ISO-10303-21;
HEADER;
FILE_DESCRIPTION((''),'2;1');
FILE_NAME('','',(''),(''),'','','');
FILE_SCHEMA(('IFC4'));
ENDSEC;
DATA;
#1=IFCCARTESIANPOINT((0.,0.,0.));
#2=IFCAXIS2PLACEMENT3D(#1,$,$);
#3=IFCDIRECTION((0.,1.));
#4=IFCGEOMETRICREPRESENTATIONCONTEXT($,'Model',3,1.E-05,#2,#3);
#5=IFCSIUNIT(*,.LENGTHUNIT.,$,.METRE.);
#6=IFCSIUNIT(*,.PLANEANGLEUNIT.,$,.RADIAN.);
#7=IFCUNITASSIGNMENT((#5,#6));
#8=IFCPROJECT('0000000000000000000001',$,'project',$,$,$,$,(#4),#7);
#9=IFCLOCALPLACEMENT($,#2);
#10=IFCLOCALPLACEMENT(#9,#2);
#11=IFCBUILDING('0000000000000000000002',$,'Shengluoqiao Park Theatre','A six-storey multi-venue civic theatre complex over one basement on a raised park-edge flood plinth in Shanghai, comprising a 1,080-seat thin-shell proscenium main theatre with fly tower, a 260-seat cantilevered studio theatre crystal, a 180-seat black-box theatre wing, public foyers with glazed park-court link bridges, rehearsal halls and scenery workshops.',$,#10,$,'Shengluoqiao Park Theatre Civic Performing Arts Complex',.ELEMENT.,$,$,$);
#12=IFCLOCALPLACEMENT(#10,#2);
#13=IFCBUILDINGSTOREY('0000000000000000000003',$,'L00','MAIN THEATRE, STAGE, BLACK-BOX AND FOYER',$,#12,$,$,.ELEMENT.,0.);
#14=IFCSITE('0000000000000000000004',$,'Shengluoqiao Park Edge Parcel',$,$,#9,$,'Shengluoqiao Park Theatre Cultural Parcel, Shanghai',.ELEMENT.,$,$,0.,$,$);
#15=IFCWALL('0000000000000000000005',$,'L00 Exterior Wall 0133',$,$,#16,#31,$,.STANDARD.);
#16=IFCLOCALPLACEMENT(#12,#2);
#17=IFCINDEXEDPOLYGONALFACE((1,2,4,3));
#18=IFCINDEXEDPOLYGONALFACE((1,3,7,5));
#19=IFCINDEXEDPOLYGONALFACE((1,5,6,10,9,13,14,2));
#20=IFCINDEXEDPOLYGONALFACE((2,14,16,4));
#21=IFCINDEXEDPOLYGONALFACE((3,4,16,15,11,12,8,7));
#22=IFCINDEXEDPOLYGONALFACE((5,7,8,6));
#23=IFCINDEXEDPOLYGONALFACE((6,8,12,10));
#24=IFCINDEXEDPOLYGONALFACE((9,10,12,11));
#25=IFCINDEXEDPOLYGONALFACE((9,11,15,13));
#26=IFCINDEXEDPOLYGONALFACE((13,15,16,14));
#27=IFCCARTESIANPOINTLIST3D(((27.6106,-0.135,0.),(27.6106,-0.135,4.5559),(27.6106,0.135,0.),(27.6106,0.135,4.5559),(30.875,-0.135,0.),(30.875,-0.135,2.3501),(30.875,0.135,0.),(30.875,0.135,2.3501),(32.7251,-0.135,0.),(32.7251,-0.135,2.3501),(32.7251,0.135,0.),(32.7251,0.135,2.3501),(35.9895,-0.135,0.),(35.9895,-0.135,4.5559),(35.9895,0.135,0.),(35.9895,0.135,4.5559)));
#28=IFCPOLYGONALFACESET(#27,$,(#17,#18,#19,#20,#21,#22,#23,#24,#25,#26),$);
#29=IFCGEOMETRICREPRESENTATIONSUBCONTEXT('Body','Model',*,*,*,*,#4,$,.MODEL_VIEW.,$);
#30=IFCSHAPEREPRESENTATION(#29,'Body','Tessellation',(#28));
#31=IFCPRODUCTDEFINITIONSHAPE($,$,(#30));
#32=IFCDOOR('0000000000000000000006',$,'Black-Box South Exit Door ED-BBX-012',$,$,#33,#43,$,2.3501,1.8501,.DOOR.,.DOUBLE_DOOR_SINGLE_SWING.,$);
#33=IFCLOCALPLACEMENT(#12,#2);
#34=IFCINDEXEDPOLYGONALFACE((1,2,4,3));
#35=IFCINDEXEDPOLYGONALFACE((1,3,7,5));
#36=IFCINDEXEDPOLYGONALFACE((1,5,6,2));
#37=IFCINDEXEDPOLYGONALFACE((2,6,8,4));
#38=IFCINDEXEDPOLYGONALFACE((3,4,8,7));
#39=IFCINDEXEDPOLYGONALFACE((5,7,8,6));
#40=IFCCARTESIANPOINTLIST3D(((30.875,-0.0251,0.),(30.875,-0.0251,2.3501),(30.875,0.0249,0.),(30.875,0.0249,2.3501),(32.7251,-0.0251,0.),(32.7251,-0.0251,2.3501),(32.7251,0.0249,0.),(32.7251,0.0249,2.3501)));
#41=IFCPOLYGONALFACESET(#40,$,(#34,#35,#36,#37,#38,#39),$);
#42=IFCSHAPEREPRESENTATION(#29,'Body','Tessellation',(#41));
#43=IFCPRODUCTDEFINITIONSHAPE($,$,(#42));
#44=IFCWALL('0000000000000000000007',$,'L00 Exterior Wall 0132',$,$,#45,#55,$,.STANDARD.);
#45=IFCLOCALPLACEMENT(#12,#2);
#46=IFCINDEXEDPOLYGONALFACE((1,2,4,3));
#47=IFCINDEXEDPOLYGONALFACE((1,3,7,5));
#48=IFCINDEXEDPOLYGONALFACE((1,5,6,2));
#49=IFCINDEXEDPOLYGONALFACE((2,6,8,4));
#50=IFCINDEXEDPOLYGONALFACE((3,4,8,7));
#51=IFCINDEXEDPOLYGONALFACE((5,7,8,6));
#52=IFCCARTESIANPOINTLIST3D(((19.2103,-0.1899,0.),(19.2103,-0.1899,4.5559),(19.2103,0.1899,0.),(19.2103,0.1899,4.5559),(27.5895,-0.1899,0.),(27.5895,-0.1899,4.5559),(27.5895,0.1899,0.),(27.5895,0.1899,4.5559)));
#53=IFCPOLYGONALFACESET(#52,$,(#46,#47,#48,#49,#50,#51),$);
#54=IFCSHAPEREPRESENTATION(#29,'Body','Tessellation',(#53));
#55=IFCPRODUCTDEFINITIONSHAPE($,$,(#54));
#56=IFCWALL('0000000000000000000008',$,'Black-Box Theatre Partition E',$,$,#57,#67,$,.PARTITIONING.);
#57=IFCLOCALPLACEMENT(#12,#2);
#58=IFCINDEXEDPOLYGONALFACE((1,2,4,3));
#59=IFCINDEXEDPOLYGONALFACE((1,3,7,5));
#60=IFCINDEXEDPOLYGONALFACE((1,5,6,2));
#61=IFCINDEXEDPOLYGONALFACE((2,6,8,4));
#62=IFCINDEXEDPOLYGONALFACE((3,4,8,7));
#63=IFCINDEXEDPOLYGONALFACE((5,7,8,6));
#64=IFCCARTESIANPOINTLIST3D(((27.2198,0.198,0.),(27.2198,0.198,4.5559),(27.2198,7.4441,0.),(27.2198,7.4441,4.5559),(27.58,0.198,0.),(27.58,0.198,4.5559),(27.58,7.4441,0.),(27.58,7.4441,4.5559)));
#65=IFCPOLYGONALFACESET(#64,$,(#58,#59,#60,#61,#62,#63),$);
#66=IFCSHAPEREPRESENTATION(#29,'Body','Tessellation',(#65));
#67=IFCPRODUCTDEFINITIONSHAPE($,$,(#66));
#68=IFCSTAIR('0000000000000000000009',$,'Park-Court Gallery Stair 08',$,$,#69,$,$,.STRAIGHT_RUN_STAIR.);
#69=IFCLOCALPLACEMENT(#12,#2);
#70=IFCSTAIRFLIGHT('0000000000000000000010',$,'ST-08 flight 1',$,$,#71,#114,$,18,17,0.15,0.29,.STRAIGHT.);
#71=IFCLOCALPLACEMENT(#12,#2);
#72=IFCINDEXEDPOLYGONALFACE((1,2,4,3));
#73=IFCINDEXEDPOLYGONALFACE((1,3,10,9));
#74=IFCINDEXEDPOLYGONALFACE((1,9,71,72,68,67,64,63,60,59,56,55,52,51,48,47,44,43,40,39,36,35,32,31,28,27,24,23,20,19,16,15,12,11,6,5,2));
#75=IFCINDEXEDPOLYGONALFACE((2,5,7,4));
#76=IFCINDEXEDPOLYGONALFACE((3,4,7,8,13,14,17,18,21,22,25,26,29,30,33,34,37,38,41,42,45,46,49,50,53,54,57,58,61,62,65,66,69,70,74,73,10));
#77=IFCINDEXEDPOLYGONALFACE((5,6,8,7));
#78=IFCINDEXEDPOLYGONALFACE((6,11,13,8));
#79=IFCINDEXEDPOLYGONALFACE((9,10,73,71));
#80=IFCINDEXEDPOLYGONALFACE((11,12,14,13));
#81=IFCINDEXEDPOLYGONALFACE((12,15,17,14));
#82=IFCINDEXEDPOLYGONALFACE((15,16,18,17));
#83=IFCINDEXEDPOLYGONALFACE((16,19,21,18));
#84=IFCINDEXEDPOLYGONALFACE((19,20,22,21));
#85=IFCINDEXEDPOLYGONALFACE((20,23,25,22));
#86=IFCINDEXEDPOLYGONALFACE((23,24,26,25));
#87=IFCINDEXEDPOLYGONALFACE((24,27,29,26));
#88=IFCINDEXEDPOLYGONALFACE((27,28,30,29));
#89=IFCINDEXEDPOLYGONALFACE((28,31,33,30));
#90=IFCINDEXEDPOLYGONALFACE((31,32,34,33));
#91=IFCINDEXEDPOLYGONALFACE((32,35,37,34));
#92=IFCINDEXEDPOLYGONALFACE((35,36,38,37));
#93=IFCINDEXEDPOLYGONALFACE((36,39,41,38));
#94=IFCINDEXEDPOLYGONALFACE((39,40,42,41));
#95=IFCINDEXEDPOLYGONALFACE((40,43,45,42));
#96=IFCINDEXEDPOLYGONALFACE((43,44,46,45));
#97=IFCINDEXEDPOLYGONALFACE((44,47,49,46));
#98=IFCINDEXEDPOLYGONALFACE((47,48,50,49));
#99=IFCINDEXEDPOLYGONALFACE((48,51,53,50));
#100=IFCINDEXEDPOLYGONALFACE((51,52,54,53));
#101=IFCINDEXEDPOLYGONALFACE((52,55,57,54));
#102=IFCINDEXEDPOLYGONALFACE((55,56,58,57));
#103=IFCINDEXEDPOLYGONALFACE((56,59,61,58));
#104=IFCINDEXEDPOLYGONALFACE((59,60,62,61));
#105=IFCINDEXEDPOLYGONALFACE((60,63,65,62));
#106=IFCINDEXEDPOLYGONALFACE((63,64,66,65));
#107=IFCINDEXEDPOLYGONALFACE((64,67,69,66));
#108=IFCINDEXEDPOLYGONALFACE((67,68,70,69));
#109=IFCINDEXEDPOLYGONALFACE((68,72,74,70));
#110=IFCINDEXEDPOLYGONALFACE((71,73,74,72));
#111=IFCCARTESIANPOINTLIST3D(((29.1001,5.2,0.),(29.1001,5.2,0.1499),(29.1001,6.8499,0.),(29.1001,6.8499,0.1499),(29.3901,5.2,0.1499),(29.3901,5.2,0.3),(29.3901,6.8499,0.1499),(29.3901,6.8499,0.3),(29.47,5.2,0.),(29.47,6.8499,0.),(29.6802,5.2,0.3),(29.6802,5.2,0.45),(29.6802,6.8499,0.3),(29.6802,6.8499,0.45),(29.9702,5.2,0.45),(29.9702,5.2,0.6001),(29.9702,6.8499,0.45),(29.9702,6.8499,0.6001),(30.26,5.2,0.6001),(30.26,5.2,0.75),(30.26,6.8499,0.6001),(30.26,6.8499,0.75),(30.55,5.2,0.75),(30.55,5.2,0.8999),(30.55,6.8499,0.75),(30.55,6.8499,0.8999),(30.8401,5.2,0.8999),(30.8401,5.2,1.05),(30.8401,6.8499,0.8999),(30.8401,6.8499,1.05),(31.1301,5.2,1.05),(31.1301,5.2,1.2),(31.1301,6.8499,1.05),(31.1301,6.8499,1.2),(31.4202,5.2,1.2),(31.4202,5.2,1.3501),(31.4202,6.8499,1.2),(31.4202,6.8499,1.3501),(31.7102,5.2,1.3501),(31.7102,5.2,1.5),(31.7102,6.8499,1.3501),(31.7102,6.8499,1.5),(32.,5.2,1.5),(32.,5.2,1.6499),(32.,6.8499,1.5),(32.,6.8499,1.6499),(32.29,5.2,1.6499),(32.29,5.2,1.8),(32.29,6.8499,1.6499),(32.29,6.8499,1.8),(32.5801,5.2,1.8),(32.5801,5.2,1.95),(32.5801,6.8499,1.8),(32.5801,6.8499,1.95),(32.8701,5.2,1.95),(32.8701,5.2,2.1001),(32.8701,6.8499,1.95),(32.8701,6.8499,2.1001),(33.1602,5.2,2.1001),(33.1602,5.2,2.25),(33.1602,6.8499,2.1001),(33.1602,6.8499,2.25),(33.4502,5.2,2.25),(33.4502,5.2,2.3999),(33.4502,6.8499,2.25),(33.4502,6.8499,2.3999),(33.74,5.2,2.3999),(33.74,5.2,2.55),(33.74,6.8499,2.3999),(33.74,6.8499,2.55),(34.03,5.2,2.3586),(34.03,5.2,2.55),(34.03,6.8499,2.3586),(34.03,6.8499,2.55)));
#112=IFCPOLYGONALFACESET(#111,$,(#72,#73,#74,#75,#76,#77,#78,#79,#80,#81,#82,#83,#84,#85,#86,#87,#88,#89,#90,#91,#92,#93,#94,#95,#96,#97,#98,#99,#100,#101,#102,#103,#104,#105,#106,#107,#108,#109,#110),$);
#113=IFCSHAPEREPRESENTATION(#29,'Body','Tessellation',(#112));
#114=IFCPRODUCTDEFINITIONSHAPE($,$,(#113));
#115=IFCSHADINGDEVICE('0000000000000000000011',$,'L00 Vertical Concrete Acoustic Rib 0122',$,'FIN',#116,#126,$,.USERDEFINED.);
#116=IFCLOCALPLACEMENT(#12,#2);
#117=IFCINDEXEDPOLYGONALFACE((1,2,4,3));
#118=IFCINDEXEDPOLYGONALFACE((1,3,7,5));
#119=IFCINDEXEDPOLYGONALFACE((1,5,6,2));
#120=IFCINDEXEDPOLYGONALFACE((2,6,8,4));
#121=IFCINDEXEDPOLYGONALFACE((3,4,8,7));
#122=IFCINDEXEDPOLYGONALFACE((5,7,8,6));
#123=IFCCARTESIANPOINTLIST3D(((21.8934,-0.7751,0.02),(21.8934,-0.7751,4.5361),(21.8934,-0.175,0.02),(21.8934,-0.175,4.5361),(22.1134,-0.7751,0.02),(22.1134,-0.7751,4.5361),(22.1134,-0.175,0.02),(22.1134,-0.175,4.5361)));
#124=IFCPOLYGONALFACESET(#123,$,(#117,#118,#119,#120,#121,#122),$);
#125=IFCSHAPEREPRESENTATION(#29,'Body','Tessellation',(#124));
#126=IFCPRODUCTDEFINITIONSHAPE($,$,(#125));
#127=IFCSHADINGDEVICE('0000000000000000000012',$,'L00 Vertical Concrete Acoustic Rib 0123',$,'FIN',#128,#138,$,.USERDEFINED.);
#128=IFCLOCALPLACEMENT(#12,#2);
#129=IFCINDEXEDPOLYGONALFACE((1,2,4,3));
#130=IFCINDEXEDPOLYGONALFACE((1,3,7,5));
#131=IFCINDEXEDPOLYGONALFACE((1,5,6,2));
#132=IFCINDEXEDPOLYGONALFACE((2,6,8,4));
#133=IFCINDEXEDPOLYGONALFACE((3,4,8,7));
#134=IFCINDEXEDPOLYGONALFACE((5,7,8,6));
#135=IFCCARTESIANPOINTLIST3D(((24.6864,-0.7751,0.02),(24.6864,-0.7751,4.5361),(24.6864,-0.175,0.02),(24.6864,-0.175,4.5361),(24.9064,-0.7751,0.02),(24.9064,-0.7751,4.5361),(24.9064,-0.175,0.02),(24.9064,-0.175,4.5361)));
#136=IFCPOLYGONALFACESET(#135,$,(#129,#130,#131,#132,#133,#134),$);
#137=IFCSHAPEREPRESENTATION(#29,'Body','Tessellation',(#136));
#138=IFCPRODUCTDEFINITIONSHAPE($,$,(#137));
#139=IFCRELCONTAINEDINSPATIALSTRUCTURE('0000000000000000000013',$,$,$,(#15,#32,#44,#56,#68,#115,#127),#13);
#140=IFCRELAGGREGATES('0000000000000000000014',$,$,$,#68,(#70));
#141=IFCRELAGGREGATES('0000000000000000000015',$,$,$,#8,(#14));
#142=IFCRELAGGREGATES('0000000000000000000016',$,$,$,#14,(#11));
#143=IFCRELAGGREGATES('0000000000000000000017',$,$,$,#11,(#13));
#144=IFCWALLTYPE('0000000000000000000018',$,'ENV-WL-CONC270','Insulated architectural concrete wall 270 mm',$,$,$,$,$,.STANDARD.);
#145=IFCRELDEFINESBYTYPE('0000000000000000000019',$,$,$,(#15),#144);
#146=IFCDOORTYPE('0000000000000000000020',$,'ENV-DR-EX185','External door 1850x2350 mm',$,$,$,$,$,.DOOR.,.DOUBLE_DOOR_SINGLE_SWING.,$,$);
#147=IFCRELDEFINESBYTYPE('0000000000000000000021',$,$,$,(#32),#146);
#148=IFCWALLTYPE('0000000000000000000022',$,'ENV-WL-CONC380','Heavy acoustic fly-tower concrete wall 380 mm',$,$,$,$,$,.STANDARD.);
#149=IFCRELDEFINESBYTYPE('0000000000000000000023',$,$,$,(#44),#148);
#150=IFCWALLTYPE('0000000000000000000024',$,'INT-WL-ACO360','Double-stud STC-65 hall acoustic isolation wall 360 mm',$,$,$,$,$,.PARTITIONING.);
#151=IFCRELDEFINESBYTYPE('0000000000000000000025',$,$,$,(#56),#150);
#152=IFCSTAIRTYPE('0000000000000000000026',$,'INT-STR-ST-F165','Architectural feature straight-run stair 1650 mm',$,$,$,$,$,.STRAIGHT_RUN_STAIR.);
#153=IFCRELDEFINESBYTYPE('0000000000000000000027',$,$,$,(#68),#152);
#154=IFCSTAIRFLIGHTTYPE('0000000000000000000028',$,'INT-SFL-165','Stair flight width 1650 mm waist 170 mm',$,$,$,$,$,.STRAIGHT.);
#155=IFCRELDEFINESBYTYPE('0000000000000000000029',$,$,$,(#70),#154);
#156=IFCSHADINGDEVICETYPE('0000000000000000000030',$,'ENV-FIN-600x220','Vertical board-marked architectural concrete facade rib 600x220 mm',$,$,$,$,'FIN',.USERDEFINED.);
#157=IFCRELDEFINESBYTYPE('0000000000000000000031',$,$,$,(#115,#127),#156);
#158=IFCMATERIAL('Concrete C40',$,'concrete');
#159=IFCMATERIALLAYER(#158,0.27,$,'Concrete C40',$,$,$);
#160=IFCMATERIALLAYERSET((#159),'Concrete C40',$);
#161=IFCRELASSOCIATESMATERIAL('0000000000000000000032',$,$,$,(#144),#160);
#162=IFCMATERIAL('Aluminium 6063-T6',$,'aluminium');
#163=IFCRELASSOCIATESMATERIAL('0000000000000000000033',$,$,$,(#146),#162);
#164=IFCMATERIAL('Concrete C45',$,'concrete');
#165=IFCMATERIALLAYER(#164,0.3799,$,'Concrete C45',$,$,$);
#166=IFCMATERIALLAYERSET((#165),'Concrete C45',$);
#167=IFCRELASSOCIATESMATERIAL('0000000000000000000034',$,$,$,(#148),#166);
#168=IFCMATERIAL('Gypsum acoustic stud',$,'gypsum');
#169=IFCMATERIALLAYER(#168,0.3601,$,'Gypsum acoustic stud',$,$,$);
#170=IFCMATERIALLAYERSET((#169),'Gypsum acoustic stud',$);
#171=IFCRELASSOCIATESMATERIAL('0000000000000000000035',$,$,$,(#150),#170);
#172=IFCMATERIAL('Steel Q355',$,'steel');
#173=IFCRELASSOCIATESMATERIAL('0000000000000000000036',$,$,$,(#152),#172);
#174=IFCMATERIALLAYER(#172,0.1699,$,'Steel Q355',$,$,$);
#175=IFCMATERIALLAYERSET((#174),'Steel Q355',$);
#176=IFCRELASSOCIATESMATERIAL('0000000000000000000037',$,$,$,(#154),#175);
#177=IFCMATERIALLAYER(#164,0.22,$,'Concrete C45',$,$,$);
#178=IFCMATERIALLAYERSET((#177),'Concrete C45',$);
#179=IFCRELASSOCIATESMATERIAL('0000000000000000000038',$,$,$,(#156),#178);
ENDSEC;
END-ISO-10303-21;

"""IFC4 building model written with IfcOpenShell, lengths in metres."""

from ifc_helpers import new_model, si_unit, direction, frame, frame_2d, origin, origin_2d, place, context, subcontext, project, spatial, polyline, rectangle, outline, extrude, material, layer, layer_set, type_object, element, fill, aggregate, save


model = new_model("IFC4")

# Units and contexts
model_context = context("Model", 3, precision=1e-05, world=origin(), true_north=direction((0.0, 1.0)))
body_context = subcontext(model_context, "Body", "Model", "MODEL_VIEW")
ifc_project = project(units=[si_unit("LENGTHUNIT", "METRE"), si_unit("PLANEANGLEUNIT", "RADIAN")], contexts=[model_context])

# Site, building, storey
site_placement = place(None, origin())
site = spatial("IfcSite", under=ifc_project, at=site_placement, Name="Shengluoqiao Park Edge Parcel", LongName="Shengluoqiao Park Theatre Cultural Parcel, Shanghai", CompositionType="ELEMENT", RefElevation=0.0)
building_placement = place(site_placement, origin())
building = spatial("IfcBuilding", under=site, at=building_placement, Name="Shengluoqiao Park Theatre", Description="A six-storey multi-venue civic theatre complex over one basement on a raised park-edge flood plinth in Shanghai, comprising a 1,080-seat thin-shell proscenium main theatre with fly tower, a 260-seat cantilevered studio theatre crystal, a 180-seat black-box theatre wing, public foyers with glazed park-court link bridges, rehearsal halls and scenery workshops.", LongName="Shengluoqiao Park Theatre Civic Performing Arts Complex", CompositionType="ELEMENT")
storey_placement = place(building_placement, origin())
storey = spatial("IfcBuildingStorey", under=building, at=storey_placement, Name="L00", Description="MAIN THEATRE, STAGE, BLACK-BOX AND FOYER", CompositionType="ELEMENT", Elevation=0.0)

# Shared definitions
ifc_material_1 = material(Name="Steel Q355", Category="steel")

# Wall, opening, door
ifc_material_2 = material(Name="Concrete C40", Category="concrete")
ifc_layer_1 = layer(ifc_material_2, 0.27, Name="Concrete C40")
ifc_layer_set_1 = layer_set([ifc_layer_1], Name="Concrete C40")
wall_type_1 = type_object("IfcWallType", Name="ENV-WL-CONC270", Description="Insulated architectural concrete wall 270 mm", PredefinedType="STANDARD", material=ifc_layer_set_1)
wall_1_placement = place(storey_placement, frame((27.6106, 0.0, 0.0), z_axis=(0.0, 0.0, 1.0), x_axis=(1.0, 0.0, 0.0)))
wall_1 = element("IfcWall", 1, at=wall_1_placement, inside=storey, type_object=wall_type_1, Name="L00 Exterior Wall 0133", PredefinedType="STANDARD", context=body_context, shape_type="SweptSolid", body=[
    extrude(rectangle(XDim=8.3789, YDim=0.27, at=frame_2d((4.1895, 0.0))), origin(), (0.0, 0.0, 1.0), 4.5559),
])
opening_placement = place(wall_1_placement, frame((3.2644, 0.0, 0.0)))
opening = element("IfcOpeningElement", 2, at=opening_placement, cuts=wall_1, PredefinedType="OPENING", context=body_context, shape_type="SweptSolid", body=[
    extrude(rectangle(XDim=1.8501, YDim=2.3501, at=frame_2d((0.925, 1.175))), frame((0.0, 0.145, 0.0), z_axis=(0.0, -1.0, 0.0), x_axis=(1.0, 0.0, 0.0)), (0.0, 0.0, 1.0), 0.29),
])
ifc_material_3 = material(Name="Aluminium 6063-T6", Category="aluminium")
door_type = type_object("IfcDoorType", Name="ENV-DR-EX185", Description="External door 1850x2350 mm", OperationType="DOUBLE_DOOR_SINGLE_SWING", PredefinedType="DOOR", material=ifc_material_3)
door_placement = place(opening_placement, origin())
door = element("IfcDoor", 3, at=door_placement, inside=storey, type_object=door_type, Name="Black-Box South Exit Door ED-BBX-012", OperationType="DOUBLE_DOOR_SINGLE_SWING", OverallHeight=2.3501, OverallWidth=1.8501, PredefinedType="DOOR", context=body_context, shape_type="SweptSolid", body=[
    extrude(rectangle(XDim=1.8501, YDim=2.3501, at=frame_2d((0.925, 1.175))), frame((0.0, 0.0249, 0.0), z_axis=(0.0, -1.0, 0.0), x_axis=(1.0, 0.0, 0.0)), (0.0, 0.0, 1.0), 0.05),
])
fill(opening, door)

# Walls
ifc_material_4 = material(Name="Concrete C45", Category="concrete")
ifc_layer_2 = layer(ifc_material_4, 0.3799, Name="Concrete C45")
ifc_layer_set_2 = layer_set([ifc_layer_2], Name="Concrete C45")
wall_type_2 = type_object("IfcWallType", Name="ENV-WL-CONC380", Description="Heavy acoustic fly-tower concrete wall 380 mm", PredefinedType="STANDARD", material=ifc_layer_set_2)
wall_2_placement = place(storey_placement, frame((19.2104, 0.0, 0.0), z_axis=(0.0, 0.0, 1.0), x_axis=(1.0, 0.0, 0.0)))
element("IfcWall", 4, at=wall_2_placement, inside=storey, type_object=wall_type_2, Name="L00 Exterior Wall 0132", PredefinedType="STANDARD", context=body_context, shape_type="SweptSolid", body=[
    extrude(rectangle(XDim=8.3792, YDim=0.3799, at=frame_2d((4.1895, 0.0))), origin(), (0.0, 0.0, 1.0), 4.5559),
])
ifc_material_5 = material(Name="Gypsum acoustic stud", Category="gypsum")
ifc_layer_3 = layer(ifc_material_5, 0.3601, Name="Gypsum acoustic stud")
ifc_layer_set_3 = layer_set([ifc_layer_3], Name="Gypsum acoustic stud")
wall_type_3 = type_object("IfcWallType", Name="INT-WL-ACO360", Description="Double-stud STC-65 hall acoustic isolation wall 360 mm", PredefinedType="PARTITIONING", material=ifc_layer_set_3)
wall_3_placement = place(storey_placement, frame((27.3999, 0.198, 0.0), z_axis=(0.0, 0.0, 1.0), x_axis=(0.0, 1.0, 0.0)))
element("IfcWall", 5, at=wall_3_placement, inside=storey, type_object=wall_type_3, Name="Black-Box Theatre Partition E", PredefinedType="PARTITIONING", context=body_context, shape_type="SweptSolid", body=[
    extrude(rectangle(XDim=7.2461, YDim=0.3601, at=frame_2d((3.623, 0.0))), origin(), (0.0, 0.0, 1.0), 4.5559),
])

# Stair, stair flight
stair_type = type_object("IfcStairType", Name="INT-STR-ST-F165", Description="Architectural feature straight-run stair 1650 mm", PredefinedType="STRAIGHT_RUN_STAIR", material=ifc_material_1)
stair_placement = place(storey_placement, origin())
stair = element("IfcStair", 6, at=stair_placement, inside=storey, type_object=stair_type, Name="Park-Court Gallery Stair 08", PredefinedType="STRAIGHT_RUN_STAIR")
ifc_layer_4 = layer(ifc_material_1, 0.1699, Name="Steel Q355")
ifc_layer_set_4 = layer_set([ifc_layer_4], Name="Steel Q355")
stair_flight_type = type_object("IfcStairFlightType", Name="INT-SFL-165", Description="Stair flight width 1650 mm waist 170 mm", PredefinedType="STRAIGHT", material=ifc_layer_set_4)
stair_flight_placement = place(storey_placement, frame((29.1001, 6.0249, 0.0), z_axis=(0.0, 0.0, 1.0), x_axis=(1.0, 0.0, 0.0)))
stair_flight = element("IfcStairFlight", 7, at=stair_flight_placement, type_object=stair_flight_type, Name="ST-08 flight 1", NumberOfRisers=18, NumberOfTreads=17, PredefinedType="STRAIGHT", RiserHeight=0.15, TreadLength=0.29, context=body_context, shape_type="SweptSolid", body=[
    extrude(outline(polyline([(0.0, 0.0), (0.0, 0.1499), (0.29, 0.1499), (0.29, 0.3), (0.5801, 0.3), (0.5801, 0.45), (0.8701, 0.45), (0.8701, 0.6001), (1.1599, 0.6001), (1.1599, 0.75), (1.45, 0.75), (1.45, 0.8999), (1.74, 0.8999), (1.74, 1.05), (2.03, 1.05), (2.03, 1.2), (2.3201, 1.2), (2.3201, 1.3501), (2.6101, 1.3501), (2.6101, 1.5), (2.8999, 1.5), (2.8999, 1.6499), (3.1899, 1.6499), (3.1899, 1.8), (3.48, 1.8), (3.48, 1.95), (3.77, 1.95), (3.77, 2.1001), (4.0601, 2.1001), (4.0601, 2.25), (4.3501, 2.25), (4.3501, 2.3999), (4.6399, 2.3999), (4.6399, 2.55), (4.9299, 2.55), (4.9299, 2.7), (4.9299, 2.3586), (0.3699, 0.0), (0.0, 0.0)])), frame((0.0, 0.825, 0.0), z_axis=(0.0, -1.0, 0.0), x_axis=(1.0, 0.0, 0.0)), (0.0, 0.0, 1.0), 1.6499),
])
aggregate(stair, [stair_flight])

# Shading devices
ifc_layer_5 = layer(ifc_material_4, 0.22, Name="Concrete C45")
ifc_layer_set_5 = layer_set([ifc_layer_5], Name="Concrete C45")
shading_device_type = type_object("IfcShadingDeviceType", Name="ENV-FIN-600x220", Description="Vertical board-marked architectural concrete facade rib 600x220 mm", ElementType="FIN", PredefinedType="USERDEFINED", material=ifc_layer_set_5)
for number, where, z_axis, x_axis, name in (
    (8, (22.0034, -0.4751, 0.02), (0.0, 0.0, 1.0), (0.0, -1.0, 0.0), "L00 Vertical Concrete Acoustic Rib 0122"),
    (9, (24.7964, -0.4751, 0.02), (0.0, 0.0, 1.0), (0.0, -1.0, 0.0), "L00 Vertical Concrete Acoustic Rib 0123"),
):
    element("IfcShadingDevice", number, at=place(storey_placement, frame(where, z_axis=z_axis, x_axis=x_axis)), inside=storey, type_object=shading_device_type, Name=name, ObjectType="FIN", PredefinedType="USERDEFINED", context=body_context, shape_type="SweptSolid", body=[
        extrude(rectangle(XDim=0.6001, YDim=0.22, at=origin_2d()), origin(), (0.0, 0.0, 1.0), 4.5161),
    ])

save(model, "model.ifc")
